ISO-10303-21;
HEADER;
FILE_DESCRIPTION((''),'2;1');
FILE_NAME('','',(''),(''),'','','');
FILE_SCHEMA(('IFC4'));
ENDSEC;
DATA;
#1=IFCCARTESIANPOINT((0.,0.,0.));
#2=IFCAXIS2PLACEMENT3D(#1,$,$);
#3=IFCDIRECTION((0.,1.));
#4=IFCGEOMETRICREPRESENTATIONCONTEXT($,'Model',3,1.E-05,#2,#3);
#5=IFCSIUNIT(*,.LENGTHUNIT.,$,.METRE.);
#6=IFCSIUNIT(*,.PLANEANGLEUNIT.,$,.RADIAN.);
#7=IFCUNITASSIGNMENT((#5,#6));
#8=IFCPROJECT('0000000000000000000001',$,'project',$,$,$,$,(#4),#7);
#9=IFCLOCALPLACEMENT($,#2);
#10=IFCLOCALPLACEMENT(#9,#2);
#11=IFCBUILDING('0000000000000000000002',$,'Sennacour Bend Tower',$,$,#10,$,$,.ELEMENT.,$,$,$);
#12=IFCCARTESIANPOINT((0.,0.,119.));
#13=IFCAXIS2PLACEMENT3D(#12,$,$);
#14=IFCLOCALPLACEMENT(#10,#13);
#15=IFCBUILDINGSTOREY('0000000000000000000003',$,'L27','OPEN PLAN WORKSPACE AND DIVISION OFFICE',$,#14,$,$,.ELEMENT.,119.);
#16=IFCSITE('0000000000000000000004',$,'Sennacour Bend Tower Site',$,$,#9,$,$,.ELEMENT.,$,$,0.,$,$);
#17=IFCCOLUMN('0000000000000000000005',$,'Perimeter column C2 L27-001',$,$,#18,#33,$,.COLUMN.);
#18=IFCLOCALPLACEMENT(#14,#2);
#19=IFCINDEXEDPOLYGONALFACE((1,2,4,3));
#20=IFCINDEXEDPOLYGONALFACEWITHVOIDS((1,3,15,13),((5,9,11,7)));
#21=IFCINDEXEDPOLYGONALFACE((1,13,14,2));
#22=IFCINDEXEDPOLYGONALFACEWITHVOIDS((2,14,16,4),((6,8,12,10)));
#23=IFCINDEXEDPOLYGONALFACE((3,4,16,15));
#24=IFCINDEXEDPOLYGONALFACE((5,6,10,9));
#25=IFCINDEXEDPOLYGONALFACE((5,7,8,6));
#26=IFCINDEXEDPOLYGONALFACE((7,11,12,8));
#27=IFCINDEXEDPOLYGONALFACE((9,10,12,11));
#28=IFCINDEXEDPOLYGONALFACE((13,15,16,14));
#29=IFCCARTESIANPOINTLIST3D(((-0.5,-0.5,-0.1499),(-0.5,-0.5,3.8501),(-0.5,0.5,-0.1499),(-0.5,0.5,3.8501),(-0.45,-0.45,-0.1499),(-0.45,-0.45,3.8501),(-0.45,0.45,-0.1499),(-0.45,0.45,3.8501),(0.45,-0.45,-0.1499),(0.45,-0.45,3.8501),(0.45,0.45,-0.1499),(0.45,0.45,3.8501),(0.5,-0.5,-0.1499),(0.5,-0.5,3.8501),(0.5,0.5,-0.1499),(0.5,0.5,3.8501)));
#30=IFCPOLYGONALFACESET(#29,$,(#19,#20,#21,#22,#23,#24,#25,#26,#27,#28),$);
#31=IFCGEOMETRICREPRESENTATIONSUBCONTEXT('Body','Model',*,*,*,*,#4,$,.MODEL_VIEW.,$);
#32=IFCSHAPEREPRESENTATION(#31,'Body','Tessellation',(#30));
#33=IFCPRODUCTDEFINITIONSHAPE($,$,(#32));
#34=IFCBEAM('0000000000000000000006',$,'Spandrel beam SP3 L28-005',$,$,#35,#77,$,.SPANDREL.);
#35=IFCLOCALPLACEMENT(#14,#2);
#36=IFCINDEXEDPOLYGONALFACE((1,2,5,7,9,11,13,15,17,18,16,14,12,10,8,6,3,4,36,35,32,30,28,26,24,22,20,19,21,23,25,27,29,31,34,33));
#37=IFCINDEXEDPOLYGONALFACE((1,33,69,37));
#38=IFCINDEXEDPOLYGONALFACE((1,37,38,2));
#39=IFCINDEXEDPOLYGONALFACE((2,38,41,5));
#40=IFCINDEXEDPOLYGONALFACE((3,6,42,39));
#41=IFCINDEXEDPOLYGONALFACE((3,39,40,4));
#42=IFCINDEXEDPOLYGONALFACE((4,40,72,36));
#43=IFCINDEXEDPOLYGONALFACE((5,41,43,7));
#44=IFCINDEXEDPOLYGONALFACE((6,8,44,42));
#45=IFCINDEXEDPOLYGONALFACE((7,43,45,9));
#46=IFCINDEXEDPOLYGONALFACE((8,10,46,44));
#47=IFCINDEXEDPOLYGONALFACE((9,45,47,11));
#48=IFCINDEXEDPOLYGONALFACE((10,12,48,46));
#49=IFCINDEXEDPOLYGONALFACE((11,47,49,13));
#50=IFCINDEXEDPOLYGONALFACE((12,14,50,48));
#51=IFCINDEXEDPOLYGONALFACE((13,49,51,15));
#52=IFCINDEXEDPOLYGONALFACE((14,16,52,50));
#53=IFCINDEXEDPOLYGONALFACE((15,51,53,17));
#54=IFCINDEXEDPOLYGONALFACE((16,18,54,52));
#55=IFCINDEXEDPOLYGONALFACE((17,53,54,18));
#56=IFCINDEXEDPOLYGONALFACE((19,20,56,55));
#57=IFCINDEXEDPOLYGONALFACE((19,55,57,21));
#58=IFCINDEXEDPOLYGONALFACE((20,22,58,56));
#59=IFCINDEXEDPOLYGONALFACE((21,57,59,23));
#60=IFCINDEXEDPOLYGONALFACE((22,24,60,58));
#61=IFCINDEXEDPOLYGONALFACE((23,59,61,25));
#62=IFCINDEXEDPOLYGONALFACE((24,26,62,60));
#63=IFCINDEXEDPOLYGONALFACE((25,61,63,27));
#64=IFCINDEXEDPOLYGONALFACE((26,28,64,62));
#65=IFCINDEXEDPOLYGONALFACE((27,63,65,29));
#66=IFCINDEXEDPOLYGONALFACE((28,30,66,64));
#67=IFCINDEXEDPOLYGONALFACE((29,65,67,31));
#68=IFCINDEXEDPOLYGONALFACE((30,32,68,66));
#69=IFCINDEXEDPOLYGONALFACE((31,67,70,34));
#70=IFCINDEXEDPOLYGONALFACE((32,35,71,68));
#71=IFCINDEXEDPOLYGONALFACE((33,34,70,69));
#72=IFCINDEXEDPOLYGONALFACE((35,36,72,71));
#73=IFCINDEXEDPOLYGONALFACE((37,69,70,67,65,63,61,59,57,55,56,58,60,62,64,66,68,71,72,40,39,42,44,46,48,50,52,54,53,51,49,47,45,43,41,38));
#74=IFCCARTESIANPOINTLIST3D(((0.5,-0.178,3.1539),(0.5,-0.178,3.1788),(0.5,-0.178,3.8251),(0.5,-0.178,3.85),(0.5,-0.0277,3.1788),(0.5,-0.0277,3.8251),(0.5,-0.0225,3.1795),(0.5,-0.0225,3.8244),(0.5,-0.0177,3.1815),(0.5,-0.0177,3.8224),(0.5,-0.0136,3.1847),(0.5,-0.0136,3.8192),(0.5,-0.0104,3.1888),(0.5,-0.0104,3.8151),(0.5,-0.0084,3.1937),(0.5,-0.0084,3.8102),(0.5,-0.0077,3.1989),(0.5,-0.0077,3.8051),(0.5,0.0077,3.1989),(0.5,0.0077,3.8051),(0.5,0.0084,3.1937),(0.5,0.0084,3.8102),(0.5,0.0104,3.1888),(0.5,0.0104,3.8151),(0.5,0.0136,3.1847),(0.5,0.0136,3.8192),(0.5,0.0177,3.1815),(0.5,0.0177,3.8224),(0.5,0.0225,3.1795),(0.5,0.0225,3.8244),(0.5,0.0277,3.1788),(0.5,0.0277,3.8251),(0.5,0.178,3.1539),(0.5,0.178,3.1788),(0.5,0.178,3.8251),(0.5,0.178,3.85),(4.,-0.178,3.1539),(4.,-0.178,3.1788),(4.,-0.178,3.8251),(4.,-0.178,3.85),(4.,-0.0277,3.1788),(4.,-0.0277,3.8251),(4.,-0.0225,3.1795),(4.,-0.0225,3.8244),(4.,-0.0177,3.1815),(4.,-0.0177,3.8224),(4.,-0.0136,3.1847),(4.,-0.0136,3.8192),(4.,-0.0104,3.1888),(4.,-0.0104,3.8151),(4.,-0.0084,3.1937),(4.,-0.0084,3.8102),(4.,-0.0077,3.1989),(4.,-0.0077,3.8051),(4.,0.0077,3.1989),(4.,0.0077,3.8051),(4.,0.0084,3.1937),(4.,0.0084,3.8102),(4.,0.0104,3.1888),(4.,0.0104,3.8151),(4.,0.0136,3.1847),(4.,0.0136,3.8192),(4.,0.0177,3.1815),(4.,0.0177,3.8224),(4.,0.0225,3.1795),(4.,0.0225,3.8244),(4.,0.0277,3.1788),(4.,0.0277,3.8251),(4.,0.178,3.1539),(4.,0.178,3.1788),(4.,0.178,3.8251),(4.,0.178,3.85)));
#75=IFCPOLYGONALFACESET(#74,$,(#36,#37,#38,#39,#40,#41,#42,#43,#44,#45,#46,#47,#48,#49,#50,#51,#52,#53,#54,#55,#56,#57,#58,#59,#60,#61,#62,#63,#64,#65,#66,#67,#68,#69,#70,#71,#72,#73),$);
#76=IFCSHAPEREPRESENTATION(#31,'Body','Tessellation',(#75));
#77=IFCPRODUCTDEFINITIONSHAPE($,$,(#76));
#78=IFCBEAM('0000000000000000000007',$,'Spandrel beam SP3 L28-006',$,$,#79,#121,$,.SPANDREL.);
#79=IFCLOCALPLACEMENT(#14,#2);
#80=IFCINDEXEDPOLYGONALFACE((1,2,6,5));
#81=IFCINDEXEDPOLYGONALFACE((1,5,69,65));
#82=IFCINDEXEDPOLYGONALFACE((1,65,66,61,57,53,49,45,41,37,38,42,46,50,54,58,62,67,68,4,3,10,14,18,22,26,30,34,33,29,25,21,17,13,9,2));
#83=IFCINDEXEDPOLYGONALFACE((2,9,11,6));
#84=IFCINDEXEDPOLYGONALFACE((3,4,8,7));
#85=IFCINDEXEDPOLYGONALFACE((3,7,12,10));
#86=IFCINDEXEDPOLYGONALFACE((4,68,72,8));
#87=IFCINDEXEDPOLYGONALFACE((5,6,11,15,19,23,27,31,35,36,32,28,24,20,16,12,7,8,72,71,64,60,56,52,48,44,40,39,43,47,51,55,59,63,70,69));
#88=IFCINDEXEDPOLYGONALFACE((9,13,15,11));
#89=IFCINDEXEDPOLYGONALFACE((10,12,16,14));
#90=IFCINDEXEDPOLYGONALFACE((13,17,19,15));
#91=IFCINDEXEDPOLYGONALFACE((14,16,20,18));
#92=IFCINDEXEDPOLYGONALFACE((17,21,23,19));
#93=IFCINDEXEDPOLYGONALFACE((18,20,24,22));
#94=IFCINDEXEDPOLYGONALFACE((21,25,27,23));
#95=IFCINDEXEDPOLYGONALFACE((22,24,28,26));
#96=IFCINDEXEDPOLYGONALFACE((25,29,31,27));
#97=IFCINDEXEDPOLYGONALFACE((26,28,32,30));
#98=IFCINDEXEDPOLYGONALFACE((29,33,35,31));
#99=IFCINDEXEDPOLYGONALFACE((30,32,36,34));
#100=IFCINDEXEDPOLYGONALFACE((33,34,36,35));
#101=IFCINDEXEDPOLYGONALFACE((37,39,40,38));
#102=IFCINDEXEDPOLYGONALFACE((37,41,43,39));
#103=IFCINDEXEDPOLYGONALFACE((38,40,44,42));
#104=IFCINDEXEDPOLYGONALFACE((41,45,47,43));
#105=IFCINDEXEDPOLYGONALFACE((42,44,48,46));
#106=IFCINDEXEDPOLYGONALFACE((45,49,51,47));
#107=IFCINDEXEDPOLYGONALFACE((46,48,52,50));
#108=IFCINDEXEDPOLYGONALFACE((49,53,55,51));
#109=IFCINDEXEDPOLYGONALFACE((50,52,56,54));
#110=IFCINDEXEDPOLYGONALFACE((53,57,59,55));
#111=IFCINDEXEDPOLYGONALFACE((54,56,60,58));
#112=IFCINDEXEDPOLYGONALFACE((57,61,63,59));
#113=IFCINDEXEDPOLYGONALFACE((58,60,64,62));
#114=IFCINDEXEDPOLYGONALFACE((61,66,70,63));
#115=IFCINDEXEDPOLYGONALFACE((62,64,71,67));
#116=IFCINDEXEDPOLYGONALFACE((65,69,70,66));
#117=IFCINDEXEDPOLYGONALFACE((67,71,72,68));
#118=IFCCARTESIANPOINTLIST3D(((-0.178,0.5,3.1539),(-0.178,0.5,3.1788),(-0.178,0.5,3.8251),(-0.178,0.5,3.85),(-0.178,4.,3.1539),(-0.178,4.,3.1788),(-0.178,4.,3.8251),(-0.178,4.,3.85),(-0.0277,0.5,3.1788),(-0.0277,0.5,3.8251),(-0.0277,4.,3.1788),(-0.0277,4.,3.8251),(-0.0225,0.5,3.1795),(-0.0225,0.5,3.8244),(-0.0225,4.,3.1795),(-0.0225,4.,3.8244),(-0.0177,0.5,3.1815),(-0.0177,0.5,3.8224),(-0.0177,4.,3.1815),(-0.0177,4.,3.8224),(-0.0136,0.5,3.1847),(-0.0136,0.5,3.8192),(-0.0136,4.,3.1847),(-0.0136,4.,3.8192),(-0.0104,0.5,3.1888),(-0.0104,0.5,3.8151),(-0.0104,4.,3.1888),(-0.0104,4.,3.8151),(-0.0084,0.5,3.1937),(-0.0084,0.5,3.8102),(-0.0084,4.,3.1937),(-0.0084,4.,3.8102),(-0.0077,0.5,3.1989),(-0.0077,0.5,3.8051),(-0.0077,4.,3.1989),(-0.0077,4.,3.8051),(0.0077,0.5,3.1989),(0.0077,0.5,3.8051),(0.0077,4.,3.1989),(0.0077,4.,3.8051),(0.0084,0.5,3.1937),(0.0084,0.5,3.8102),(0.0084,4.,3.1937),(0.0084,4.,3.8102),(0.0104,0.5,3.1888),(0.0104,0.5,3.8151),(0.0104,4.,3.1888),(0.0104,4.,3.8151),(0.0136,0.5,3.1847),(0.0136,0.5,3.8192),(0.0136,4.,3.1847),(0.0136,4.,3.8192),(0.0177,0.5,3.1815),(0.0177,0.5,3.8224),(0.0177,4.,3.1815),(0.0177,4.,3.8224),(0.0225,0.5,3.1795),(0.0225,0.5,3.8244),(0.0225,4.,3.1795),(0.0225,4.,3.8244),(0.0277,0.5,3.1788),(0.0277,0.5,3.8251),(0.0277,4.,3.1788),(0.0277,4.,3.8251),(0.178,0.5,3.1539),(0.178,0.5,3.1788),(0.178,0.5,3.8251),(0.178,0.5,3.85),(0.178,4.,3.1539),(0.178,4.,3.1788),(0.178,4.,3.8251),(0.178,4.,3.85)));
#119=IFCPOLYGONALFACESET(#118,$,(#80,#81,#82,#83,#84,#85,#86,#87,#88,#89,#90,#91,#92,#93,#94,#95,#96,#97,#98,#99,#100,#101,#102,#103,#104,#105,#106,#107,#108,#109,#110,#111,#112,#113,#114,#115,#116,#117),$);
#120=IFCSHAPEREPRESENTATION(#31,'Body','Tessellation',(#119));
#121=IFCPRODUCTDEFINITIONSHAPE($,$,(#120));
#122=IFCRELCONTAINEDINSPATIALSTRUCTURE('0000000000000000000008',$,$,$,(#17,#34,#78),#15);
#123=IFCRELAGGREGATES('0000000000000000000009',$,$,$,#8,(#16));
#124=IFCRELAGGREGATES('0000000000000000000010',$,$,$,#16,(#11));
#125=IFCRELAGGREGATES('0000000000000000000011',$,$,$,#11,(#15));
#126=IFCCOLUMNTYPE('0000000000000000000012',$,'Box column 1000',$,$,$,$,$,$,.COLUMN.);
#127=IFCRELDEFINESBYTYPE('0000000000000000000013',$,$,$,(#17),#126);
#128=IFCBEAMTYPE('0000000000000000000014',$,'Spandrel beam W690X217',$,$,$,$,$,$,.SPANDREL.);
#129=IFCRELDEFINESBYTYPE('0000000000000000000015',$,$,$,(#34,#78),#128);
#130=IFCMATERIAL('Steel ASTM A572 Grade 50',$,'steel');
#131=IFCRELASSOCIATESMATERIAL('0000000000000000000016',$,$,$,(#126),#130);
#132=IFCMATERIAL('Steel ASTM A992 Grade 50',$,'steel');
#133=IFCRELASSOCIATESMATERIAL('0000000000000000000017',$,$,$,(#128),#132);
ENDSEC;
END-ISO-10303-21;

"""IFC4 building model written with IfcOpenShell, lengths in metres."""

from ifc_helpers import new_model, si_unit, direction, frame, origin, origin_2d, place, context, subcontext, project, spatial, hollow_rectangle, i_section, extrude, material, material_profile, profile_set, type_object, element, save


model = new_model("IFC4")

# Units and contexts
model_context = context("Model", 3, precision=1e-05, world=origin(), true_north=direction((0.0, 1.0)))
body_context = subcontext(model_context, "Body", "Model", "MODEL_VIEW")
ifc_project = project(units=[si_unit("LENGTHUNIT", "METRE"), si_unit("PLANEANGLEUNIT", "RADIAN")], contexts=[model_context])

# Site, building, storey
site_placement = place(None, origin())
site = spatial("IfcSite", under=ifc_project, at=site_placement, Name="Sennacour Bend Tower Site", CompositionType="ELEMENT", RefElevation=0.0)
building_placement = place(site_placement, origin())
building = spatial("IfcBuilding", under=site, at=building_placement, Name="Sennacour Bend Tower", CompositionType="ELEMENT")
storey_placement = place(building_placement, frame((0.0, 0.0, 119.0)))
storey = spatial("IfcBuildingStorey", under=building, at=storey_placement, Name="L27", Description="OPEN PLAN WORKSPACE AND DIVISION OFFICE", CompositionType="ELEMENT", Elevation=119.0)

# Column
ifc_material_1 = material(Name="Steel ASTM A572 Grade 50", Category="steel")
ifc_material_profile_1 = material_profile(ifc_material_1, hollow_rectangle(XDim=1.0, YDim=1.0, WallThickness=0.05, at=origin_2d()), Name="Steel ASTM A572 Grade 50", Category="steel")
ifc_profile_set_1 = profile_set([ifc_material_profile_1], Name="Steel ASTM A572 Grade 50")
column_type = type_object("IfcColumnType", Name="Box column 1000", PredefinedType="COLUMN", material=ifc_profile_set_1)
column_placement = place(storey_placement, frame((0.0, 0.0, -0.1499), z_axis=(0.0, 0.0, 1.0), x_axis=(1.0, 0.0, 0.0)))
element("IfcColumn", 1, at=column_placement, inside=storey, type_object=column_type, Name="Perimeter column C2 L27-001", PredefinedType="COLUMN", context=body_context, shape_type="SweptSolid", body=[
    extrude(hollow_rectangle(XDim=1.0, YDim=1.0, WallThickness=0.05, at=origin_2d()), origin(), (0.0, 0.0, 1.0), 4.0),
])

# Beams
ifc_material_2 = material(Name="Steel ASTM A992 Grade 50", Category="steel")
ifc_material_profile_2 = material_profile(ifc_material_2, i_section(OverallWidth=0.356, OverallDepth=0.696, WebThickness=0.0154, FlangeThickness=0.0249, FilletRadius=0.02, at=origin_2d()), Name="Steel ASTM A992 Grade 50", Category="steel")
ifc_profile_set_2 = profile_set([ifc_material_profile_2], Name="Steel ASTM A992 Grade 50")
beam_type = type_object("IfcBeamType", Name="Spandrel beam W690X217", PredefinedType="SPANDREL", material=ifc_profile_set_2)
for number, where, z_axis, x_axis, name in (
    (2, (4.0, 0.0, 3.502), (-1.0, 0.0, 0.0), (0.0, -1.0, 0.0), "Spandrel beam SP3 L28-005"),
    (3, (0.0, 0.5, 3.502), (0.0, 1.0, 0.0), (-1.0, 0.0, 0.0), "Spandrel beam SP3 L28-006"),
):
    element("IfcBeam", number, at=place(storey_placement, frame(where, z_axis=z_axis, x_axis=x_axis)), inside=storey, type_object=beam_type, Name=name, PredefinedType="SPANDREL", context=body_context, shape_type="SweptSolid", body=[
        extrude(i_section(OverallWidth=0.356, OverallDepth=0.696, WebThickness=0.0154, FlangeThickness=0.0249, FilletRadius=0.02, at=origin_2d()), origin(), (0.0, 0.0, 1.0), 3.5),
    ])

save(model, "model.ifc")
